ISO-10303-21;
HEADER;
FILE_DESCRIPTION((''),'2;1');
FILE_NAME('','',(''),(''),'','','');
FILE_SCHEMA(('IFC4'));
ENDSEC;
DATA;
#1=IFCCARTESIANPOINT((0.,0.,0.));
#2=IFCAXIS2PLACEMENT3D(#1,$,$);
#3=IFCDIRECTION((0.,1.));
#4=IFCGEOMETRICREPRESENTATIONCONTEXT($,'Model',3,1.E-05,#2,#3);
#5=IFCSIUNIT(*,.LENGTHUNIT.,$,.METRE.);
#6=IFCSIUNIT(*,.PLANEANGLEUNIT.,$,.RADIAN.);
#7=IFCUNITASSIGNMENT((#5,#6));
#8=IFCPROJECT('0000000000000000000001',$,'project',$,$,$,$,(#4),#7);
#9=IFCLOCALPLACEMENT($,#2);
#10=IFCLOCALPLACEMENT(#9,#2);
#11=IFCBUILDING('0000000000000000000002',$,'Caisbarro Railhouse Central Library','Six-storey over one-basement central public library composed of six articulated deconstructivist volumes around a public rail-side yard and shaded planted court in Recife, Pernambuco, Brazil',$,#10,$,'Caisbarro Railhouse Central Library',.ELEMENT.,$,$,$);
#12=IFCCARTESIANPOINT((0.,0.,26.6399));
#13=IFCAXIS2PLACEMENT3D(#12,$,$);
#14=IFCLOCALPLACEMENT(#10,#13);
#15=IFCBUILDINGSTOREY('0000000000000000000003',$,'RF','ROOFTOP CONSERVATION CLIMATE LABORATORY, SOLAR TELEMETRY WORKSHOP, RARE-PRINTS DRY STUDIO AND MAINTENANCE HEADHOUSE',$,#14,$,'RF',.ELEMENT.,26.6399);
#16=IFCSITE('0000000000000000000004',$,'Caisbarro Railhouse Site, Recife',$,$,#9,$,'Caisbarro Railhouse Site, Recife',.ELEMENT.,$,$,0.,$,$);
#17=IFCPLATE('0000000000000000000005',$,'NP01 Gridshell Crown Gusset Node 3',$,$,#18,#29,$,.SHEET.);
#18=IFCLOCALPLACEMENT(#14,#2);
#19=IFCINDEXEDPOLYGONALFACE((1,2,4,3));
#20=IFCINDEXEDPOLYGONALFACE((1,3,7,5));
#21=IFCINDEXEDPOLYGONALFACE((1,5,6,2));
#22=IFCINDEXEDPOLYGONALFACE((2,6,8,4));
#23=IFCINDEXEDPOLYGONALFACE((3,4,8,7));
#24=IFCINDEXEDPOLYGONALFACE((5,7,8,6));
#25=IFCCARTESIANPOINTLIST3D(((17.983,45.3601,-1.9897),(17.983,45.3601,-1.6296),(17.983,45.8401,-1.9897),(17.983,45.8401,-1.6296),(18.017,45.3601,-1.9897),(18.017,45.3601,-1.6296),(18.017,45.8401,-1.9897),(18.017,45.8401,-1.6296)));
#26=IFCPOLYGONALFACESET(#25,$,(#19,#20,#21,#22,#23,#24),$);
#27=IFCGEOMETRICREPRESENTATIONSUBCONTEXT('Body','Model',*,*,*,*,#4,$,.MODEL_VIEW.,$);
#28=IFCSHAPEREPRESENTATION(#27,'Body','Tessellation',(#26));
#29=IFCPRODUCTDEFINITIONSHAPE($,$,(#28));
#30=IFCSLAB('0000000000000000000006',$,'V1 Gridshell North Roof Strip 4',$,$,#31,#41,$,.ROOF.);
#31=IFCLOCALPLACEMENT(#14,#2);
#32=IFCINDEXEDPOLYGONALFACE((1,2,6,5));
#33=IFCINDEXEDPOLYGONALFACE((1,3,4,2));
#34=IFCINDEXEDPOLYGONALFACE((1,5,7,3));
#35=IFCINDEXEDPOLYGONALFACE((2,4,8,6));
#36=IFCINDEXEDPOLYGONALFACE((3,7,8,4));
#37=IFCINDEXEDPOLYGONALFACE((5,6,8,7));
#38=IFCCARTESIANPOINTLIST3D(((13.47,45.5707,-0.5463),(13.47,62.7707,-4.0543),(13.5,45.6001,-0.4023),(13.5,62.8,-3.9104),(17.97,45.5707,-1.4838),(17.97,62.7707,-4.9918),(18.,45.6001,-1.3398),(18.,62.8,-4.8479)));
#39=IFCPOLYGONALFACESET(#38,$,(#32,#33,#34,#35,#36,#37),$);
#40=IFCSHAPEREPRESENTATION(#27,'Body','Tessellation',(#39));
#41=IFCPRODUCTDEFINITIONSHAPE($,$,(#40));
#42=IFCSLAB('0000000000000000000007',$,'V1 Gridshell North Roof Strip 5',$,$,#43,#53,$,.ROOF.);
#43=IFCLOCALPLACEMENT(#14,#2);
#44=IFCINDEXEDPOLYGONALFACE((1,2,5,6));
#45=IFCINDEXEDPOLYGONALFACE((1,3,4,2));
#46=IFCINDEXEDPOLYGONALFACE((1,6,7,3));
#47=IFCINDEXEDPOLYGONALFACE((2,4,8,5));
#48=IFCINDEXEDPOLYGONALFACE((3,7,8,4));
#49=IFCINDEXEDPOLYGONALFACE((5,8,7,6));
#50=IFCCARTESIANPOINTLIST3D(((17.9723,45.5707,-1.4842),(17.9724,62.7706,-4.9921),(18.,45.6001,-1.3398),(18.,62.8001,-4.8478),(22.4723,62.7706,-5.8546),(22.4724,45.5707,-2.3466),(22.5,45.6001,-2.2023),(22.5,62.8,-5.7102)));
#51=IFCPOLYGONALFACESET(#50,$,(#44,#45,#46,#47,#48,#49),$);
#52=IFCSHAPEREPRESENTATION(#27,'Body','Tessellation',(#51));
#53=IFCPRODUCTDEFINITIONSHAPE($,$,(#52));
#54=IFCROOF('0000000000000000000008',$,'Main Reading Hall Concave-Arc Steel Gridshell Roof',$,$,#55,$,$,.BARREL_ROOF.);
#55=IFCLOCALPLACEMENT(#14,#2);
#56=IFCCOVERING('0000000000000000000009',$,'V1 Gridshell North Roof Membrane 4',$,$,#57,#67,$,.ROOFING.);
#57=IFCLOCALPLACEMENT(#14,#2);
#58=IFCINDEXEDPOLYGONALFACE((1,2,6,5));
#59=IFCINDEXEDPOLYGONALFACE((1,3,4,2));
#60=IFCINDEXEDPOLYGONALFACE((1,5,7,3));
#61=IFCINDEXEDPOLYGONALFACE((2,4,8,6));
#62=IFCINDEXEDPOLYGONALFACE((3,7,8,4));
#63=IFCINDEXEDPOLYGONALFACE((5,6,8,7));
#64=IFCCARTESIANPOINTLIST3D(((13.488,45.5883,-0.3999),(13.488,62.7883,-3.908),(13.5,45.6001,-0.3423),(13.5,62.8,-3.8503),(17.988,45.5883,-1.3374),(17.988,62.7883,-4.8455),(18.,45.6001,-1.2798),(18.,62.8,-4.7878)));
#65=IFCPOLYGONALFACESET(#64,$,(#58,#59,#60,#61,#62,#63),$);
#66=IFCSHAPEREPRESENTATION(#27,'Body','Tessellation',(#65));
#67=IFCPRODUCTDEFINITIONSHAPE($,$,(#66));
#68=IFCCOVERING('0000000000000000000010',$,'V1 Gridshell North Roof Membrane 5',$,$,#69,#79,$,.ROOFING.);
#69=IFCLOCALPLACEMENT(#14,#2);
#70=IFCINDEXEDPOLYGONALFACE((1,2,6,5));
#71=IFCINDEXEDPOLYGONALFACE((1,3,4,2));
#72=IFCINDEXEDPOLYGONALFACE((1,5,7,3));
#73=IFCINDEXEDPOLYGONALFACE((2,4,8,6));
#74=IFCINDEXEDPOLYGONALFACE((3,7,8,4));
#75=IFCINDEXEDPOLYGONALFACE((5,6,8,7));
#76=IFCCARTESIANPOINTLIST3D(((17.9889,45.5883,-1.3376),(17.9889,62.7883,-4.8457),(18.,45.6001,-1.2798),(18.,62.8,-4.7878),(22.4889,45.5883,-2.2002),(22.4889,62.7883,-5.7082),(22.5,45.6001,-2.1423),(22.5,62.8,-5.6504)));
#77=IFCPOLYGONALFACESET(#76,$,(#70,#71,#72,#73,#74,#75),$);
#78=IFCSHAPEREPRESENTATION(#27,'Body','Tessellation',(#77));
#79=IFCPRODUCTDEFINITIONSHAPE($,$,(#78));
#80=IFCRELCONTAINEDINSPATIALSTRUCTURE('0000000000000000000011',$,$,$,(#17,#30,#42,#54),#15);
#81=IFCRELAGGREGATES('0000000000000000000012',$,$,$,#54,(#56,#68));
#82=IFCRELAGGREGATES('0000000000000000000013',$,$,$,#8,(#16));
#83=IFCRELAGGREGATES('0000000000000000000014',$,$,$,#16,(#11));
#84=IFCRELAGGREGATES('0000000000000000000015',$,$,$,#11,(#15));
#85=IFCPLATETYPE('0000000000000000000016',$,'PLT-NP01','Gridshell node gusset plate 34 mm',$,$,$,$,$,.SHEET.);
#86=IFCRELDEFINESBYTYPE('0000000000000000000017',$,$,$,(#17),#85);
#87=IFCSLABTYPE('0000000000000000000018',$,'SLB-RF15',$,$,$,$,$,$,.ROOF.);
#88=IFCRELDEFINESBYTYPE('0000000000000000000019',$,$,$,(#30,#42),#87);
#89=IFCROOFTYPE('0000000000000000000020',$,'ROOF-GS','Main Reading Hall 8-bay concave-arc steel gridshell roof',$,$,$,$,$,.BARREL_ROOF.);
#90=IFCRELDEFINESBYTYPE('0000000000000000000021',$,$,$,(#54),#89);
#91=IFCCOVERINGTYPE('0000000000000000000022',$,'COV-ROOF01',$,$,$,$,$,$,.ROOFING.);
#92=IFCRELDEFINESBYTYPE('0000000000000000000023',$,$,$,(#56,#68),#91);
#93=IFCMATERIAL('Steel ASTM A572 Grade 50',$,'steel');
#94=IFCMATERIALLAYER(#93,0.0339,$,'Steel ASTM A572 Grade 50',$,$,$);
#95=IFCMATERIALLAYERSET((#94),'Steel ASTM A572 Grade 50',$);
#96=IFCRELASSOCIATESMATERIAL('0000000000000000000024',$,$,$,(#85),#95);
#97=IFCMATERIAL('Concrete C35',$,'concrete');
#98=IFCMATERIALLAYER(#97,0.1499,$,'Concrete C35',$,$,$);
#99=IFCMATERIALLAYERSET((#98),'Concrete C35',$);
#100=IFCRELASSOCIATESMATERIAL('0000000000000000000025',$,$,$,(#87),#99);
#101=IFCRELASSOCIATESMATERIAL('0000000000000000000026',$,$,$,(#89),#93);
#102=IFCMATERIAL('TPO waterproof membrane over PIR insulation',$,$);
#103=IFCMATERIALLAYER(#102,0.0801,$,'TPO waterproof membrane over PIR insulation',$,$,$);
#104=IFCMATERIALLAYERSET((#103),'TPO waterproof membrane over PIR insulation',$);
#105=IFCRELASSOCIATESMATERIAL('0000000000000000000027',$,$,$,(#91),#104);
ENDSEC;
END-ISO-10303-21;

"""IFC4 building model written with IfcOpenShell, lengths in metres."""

from ifc_helpers import new_model, si_unit, direction, frame, origin, origin_2d, place, context, subcontext, project, spatial, polyline, rectangle, outline, extrude, material, layer, layer_set, type_object, element, aggregate, save


model = new_model("IFC4")

# Units and contexts
model_context = context("Model", 3, precision=1e-05, world=origin(), true_north=direction((0.0, 1.0)))
body_context = subcontext(model_context, "Body", "Model", "MODEL_VIEW")
ifc_project = project(units=[si_unit("LENGTHUNIT", "METRE"), si_unit("PLANEANGLEUNIT", "RADIAN")], contexts=[model_context])

# Site, building, storey
site_placement = place(None, origin())
site = spatial("IfcSite", under=ifc_project, at=site_placement, Name="Caisbarro Railhouse Site, Recife", LongName="Caisbarro Railhouse Site, Recife", CompositionType="ELEMENT", RefElevation=0.0)
building_placement = place(site_placement, origin())
building = spatial("IfcBuilding", under=site, at=building_placement, Name="Caisbarro Railhouse Central Library", Description="Six-storey over one-basement central public library composed of six articulated deconstructivist volumes around a public rail-side yard and shaded planted court in Recife, Pernambuco, Brazil", LongName="Caisbarro Railhouse Central Library", CompositionType="ELEMENT")
storey_placement = place(building_placement, frame((0.0, 0.0, 26.6399)))
storey = spatial("IfcBuildingStorey", under=building, at=storey_placement, Name="RF", Description="ROOFTOP CONSERVATION CLIMATE LABORATORY, SOLAR TELEMETRY WORKSHOP, RARE-PRINTS DRY STUDIO AND MAINTENANCE HEADHOUSE", LongName="RF", CompositionType="ELEMENT", Elevation=26.6399)

# Shared definitions
ifc_material_1 = material(Name="Steel ASTM A572 Grade 50", Category="steel")

# Plate
ifc_layer_1 = layer(ifc_material_1, 0.0339, Name="Steel ASTM A572 Grade 50")
ifc_layer_set_1 = layer_set([ifc_layer_1], Name="Steel ASTM A572 Grade 50")
plate_type_1 = type_object("IfcPlateType", Name="PLT-NP01", Description="Gridshell node gusset plate 34 mm", PredefinedType="SHEET", material=ifc_layer_set_1)
plate_placement = place(storey_placement, frame((18.0, 45.6001, -1.9897), z_axis=(0.0, 0.0, 1.0), x_axis=(0.0, 1.0, 0.0)))
element("IfcPlate", 1, at=plate_placement, inside=storey, type_object=plate_type_1, Name="NP01 Gridshell Crown Gusset Node 3", PredefinedType="SHEET", context=body_context, shape_type="SweptSolid", body=[
    extrude(rectangle(XDim=0.48, YDim=0.0339, at=origin_2d()), origin(), (0.0, 0.0, 1.0), 0.3601),
])

# Slabs
ifc_material_2 = material(Name="Concrete C35", Category="concrete")
ifc_layer_2 = layer(ifc_material_2, 0.1499, Name="Concrete C35")
ifc_layer_set_2 = layer_set([ifc_layer_2], Name="Concrete C35")
slab_type = type_object("IfcSlabType", Name="SLB-RF15", PredefinedType="ROOF", material=ifc_layer_set_2)
slab_1_placement = place(storey_placement, frame((13.5, 45.6001, -0.4023), z_axis=(0.200006, 0.195805, 0.96003), x_axis=(0.97898, 0.0, -0.203954)))
element("IfcSlab", 2, at=slab_1_placement, inside=storey, type_object=slab_type, Name="V1 Gridshell North Roof Strip 4", PredefinedType="ROOF", context=body_context, shape_type="SweptSolid", body=[
    extrude(outline(polyline([(0.0, 0.0), (4.5966, 0.0), (5.3121, 17.5395), (0.7155, 17.5395), (0.0, 0.0)])), origin(), (0.0, 0.0, -1.0), 0.1499),
])
slab_2_placement = place(storey_placement, frame((18.0, 45.6001, -1.3398), z_axis=(0.184559, 0.196404, 0.962997), x_axis=(0.982126, 0.000005, -0.188226)))
element("IfcSlab", 3, at=slab_2_placement, inside=storey, type_object=slab_type, Name="V1 Gridshell North Roof Strip 5", PredefinedType="ROOF", context=body_context, shape_type="SweptSolid", body=[
    extrude(outline(polyline([(0.0, 0.0), (4.5819, 0.0), (5.2423, 17.5416), (0.6604, 17.5416), (0.0, 0.0)])), origin(), (0.0, 0.0, -1.0), 0.1499),
])

# Roof, coverings
roof_type = type_object("IfcRoofType", Name="ROOF-GS", Description="Main Reading Hall 8-bay concave-arc steel gridshell roof", PredefinedType="BARREL_ROOF", material=ifc_material_1)
roof_placement = place(storey_placement, origin())
roof = element("IfcRoof", 4, at=roof_placement, inside=storey, type_object=roof_type, Name="Main Reading Hall Concave-Arc Steel Gridshell Roof", PredefinedType="BARREL_ROOF")
ifc_material_3 = material(Name="TPO waterproof membrane over PIR insulation")
ifc_layer_3 = layer(ifc_material_3, 0.0801, Name="TPO waterproof membrane over PIR insulation")
ifc_layer_set_3 = layer_set([ifc_layer_3], Name="TPO waterproof membrane over PIR insulation")
covering_type = type_object("IfcCoveringType", Name="COV-ROOF01", PredefinedType="ROOFING", material=ifc_layer_set_3)
covering_1_placement = place(storey_placement, frame((13.5, 45.6001, -0.3423), z_axis=(0.200006, 0.195805, 0.96003), x_axis=(0.97898, 0.0, -0.203954)))
covering_1 = element("IfcCovering", 5, at=covering_1_placement, type_object=covering_type, Name="V1 Gridshell North Roof Membrane 4", PredefinedType="ROOFING", context=body_context, shape_type="SweptSolid", body=[
    extrude(outline(polyline([(0.0, 0.0), (4.5966, 0.0), (5.3121, 17.5395), (0.7155, 17.5395), (0.0, 0.0)])), origin(), (0.0, 0.0, -1.0), 0.0601),
])
covering_2_placement = place(storey_placement, frame((18.0, 45.6001, -1.2798), z_axis=(0.184584, 0.196409, 0.962991), x_axis=(0.982121, 0.0, -0.188251)))
covering_2 = element("IfcCovering", 6, at=covering_2_placement, type_object=covering_type, Name="V1 Gridshell North Roof Membrane 5", PredefinedType="ROOFING", context=body_context, shape_type="SweptSolid", body=[
    extrude(outline(polyline([(0.0, 0.0), (4.5819, 0.0), (5.2423, 17.5416), (0.6604, 17.5416), (0.0, 0.0)])), origin(), (0.0, 0.0, -1.0), 0.0601),
])
aggregate(roof, [covering_1, covering_2])

save(model, "model.ifc")
